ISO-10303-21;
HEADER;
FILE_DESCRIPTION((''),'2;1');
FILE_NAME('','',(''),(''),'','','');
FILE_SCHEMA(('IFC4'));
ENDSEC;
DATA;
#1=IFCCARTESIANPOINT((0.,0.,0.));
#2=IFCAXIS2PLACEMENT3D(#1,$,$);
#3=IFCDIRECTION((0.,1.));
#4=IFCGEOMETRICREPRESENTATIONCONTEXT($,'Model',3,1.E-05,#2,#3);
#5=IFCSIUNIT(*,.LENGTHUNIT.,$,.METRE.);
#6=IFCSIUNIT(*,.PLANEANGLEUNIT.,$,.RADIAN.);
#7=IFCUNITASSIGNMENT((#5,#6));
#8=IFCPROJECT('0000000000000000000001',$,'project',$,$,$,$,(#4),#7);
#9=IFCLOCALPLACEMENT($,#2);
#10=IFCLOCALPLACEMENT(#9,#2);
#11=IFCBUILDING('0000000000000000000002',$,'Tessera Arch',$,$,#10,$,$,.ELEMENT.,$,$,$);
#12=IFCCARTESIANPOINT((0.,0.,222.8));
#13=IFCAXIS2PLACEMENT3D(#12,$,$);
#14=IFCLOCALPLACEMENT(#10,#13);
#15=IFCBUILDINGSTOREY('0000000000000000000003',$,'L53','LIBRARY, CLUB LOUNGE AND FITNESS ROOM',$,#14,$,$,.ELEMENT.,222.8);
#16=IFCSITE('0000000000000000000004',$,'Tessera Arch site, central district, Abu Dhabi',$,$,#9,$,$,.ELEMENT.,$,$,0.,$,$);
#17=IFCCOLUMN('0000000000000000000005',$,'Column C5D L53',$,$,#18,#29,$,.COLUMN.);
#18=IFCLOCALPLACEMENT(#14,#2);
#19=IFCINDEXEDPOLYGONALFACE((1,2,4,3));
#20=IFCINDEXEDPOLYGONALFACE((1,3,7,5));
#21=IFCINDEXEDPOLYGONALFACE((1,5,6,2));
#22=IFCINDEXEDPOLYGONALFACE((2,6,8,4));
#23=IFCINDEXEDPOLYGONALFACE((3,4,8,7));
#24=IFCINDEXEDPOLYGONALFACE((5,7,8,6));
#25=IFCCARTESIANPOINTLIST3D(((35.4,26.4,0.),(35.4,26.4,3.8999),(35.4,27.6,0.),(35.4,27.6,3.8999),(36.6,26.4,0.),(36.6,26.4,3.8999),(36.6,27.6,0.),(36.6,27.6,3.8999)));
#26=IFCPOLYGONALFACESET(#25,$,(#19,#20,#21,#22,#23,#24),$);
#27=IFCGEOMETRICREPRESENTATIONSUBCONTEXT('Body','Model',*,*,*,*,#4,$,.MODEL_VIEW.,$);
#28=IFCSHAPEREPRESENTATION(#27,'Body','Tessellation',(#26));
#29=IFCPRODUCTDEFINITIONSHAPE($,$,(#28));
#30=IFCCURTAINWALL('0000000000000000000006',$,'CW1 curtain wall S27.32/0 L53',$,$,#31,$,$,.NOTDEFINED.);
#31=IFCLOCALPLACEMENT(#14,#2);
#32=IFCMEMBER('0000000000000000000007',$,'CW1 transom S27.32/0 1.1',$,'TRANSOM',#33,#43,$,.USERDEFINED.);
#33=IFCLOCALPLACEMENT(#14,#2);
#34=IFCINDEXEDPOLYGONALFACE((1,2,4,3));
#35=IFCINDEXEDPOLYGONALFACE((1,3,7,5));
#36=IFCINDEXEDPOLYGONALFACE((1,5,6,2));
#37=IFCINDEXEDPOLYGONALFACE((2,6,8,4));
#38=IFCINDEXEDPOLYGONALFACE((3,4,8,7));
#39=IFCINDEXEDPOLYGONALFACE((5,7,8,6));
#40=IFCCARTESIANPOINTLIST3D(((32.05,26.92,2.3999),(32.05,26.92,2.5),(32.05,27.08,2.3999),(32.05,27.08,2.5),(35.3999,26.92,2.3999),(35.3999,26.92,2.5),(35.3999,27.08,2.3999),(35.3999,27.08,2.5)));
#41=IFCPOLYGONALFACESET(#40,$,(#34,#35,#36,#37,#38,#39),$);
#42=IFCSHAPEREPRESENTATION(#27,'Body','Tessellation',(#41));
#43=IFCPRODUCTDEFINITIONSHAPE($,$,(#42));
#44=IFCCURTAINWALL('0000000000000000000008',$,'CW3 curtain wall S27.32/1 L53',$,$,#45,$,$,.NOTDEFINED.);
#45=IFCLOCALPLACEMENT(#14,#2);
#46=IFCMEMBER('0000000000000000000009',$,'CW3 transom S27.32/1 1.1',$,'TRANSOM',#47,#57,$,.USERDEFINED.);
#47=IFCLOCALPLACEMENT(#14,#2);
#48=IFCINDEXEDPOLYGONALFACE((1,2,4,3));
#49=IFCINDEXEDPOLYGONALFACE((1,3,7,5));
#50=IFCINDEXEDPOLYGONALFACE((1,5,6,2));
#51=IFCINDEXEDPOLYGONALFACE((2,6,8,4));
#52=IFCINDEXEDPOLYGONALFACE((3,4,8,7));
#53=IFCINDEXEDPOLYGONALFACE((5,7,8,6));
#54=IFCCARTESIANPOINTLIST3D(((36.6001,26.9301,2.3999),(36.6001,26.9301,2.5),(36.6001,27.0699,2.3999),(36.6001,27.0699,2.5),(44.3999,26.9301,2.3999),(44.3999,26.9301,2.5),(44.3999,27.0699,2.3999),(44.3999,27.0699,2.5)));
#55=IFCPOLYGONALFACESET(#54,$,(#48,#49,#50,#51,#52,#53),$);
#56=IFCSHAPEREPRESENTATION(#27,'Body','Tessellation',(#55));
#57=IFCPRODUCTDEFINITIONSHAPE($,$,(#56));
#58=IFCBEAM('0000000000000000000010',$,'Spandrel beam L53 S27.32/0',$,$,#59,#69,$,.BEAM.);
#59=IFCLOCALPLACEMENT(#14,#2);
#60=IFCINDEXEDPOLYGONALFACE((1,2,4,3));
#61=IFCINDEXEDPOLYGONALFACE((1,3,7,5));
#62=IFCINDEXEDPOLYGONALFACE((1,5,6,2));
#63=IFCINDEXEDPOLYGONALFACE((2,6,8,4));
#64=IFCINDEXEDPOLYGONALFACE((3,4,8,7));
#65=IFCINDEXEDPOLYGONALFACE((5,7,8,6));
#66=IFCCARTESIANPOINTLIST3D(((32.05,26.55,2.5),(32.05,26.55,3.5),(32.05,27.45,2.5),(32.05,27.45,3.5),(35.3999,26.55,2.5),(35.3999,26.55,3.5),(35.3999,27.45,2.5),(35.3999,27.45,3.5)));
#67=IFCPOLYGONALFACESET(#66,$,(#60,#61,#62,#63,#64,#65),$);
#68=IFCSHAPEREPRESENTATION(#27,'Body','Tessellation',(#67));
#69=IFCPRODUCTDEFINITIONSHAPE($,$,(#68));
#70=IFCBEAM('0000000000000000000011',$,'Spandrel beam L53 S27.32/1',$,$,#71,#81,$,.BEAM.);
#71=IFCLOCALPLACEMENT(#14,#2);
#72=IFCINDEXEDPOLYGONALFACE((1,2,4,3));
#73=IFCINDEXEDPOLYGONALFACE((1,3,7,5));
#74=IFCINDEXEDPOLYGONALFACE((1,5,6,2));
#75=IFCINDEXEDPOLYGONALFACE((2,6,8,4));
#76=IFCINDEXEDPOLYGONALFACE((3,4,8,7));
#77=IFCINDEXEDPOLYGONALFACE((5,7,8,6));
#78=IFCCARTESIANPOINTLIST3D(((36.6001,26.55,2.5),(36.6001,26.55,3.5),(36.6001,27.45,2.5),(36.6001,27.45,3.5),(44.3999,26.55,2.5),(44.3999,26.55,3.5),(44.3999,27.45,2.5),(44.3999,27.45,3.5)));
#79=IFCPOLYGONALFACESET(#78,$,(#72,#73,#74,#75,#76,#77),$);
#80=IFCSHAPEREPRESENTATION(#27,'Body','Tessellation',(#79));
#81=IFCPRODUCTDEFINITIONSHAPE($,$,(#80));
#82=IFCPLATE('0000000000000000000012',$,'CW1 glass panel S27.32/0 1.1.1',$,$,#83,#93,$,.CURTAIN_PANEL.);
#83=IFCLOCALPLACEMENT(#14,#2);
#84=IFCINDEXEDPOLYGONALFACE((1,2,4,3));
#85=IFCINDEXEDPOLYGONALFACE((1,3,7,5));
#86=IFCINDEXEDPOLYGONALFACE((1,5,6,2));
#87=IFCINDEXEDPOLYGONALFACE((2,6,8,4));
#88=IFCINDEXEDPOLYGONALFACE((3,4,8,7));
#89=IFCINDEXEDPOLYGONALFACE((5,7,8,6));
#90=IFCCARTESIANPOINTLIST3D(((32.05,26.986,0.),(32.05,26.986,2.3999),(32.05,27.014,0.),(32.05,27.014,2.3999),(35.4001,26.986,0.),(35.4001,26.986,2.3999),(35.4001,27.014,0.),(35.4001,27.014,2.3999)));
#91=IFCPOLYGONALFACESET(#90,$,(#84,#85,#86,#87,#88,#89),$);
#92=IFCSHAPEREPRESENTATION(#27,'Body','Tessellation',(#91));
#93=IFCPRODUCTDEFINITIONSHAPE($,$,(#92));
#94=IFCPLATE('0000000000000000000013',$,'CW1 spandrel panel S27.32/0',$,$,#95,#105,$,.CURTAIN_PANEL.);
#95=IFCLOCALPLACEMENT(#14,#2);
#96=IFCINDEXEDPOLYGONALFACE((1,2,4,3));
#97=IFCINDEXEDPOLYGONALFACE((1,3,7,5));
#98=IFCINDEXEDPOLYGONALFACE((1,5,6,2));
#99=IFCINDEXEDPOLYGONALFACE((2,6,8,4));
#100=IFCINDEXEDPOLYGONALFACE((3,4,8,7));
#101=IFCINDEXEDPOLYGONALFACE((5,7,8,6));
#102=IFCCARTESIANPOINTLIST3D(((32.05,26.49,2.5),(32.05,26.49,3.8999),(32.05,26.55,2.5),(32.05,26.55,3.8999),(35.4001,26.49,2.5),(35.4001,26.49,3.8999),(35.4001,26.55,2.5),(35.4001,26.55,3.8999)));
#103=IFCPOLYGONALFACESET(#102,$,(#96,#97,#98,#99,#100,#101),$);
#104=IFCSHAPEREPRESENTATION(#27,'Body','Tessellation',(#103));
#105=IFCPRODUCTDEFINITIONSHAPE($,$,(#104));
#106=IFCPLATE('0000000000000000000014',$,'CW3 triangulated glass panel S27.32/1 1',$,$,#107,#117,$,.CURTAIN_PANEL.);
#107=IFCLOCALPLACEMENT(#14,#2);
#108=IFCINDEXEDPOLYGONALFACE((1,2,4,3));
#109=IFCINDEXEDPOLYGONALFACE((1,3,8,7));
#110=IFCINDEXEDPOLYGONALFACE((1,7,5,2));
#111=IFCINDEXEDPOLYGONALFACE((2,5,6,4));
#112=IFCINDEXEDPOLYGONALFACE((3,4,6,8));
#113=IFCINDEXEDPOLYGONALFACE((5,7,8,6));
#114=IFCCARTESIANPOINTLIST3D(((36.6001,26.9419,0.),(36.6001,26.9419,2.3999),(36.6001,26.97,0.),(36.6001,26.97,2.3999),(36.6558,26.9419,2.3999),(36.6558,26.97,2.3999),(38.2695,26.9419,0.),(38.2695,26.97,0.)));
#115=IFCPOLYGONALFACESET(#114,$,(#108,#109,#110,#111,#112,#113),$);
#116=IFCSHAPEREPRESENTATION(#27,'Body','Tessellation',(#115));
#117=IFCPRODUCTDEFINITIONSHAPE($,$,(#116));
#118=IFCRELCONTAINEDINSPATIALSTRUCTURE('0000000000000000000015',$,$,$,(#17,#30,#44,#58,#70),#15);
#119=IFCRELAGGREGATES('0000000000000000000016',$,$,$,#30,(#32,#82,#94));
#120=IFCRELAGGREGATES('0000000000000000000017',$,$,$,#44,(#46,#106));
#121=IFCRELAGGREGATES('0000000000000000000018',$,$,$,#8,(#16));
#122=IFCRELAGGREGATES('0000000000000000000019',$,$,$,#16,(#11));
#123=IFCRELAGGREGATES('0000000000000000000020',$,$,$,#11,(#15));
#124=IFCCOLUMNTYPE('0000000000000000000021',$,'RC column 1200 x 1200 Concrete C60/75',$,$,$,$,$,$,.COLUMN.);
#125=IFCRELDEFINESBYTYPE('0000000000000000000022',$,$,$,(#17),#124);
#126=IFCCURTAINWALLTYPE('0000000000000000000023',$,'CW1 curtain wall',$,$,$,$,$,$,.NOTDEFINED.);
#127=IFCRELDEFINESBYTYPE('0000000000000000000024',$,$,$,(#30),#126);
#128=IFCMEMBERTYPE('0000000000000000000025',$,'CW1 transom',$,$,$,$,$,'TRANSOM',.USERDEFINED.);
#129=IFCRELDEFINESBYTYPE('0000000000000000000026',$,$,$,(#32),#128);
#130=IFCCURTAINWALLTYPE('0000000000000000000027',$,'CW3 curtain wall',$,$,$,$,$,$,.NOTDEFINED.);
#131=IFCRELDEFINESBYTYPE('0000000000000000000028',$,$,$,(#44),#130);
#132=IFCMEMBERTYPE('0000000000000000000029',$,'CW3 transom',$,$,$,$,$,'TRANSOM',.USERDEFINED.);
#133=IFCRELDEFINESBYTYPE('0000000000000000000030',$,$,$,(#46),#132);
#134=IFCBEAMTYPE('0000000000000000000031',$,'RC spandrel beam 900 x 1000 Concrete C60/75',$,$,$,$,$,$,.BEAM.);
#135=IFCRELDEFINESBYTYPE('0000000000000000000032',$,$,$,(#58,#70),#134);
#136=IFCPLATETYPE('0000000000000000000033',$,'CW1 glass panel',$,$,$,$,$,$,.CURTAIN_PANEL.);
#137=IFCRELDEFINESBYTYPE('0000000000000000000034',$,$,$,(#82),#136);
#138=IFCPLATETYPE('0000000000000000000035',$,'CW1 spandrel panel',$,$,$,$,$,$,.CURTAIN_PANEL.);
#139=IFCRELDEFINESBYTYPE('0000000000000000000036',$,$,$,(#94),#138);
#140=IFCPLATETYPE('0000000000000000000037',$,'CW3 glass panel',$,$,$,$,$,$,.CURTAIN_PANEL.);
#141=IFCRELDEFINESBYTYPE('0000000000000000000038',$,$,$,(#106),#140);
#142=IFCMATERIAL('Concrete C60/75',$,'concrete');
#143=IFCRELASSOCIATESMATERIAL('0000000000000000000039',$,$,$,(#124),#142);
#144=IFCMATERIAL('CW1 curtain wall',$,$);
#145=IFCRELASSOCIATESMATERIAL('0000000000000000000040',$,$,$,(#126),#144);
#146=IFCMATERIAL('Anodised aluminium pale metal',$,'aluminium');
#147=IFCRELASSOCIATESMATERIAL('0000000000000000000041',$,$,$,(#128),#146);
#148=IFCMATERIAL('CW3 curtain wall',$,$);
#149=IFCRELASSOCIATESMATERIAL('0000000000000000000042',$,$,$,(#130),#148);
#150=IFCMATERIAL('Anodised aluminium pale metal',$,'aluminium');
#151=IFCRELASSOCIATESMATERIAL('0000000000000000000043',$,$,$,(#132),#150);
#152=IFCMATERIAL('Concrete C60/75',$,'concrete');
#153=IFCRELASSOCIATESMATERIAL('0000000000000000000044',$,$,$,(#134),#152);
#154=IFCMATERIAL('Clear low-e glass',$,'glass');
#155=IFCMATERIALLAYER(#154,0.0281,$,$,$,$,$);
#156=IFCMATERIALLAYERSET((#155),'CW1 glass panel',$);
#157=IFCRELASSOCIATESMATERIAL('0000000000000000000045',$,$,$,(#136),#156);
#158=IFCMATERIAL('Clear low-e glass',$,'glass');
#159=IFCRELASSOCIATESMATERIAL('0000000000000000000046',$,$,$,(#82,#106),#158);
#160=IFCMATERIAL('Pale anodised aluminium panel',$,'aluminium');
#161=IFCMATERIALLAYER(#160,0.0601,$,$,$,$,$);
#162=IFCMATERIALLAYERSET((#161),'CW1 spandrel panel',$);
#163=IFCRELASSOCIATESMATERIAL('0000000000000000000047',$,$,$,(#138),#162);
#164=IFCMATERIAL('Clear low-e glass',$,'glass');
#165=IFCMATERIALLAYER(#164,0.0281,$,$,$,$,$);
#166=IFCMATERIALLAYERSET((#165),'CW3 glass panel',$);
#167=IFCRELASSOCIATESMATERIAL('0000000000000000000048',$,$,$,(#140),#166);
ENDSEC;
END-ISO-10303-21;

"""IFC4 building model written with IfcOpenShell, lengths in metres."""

from ifc_helpers import new_model, si_unit, direction, frame, origin, origin_2d, place, context, subcontext, project, spatial, polyline, rectangle, outline, extrude, material, layer, layer_set, material_profile, profile_set, type_object, element, aggregate, save


model = new_model("IFC4")

# Units and contexts
model_context = context("Model", 3, precision=1e-05, world=origin(), true_north=direction((0.0, 1.0)))
body_context = subcontext(model_context, "Body", "Model", "MODEL_VIEW")
ifc_project = project(units=[si_unit("LENGTHUNIT", "METRE"), si_unit("PLANEANGLEUNIT", "RADIAN")], contexts=[model_context])

# Site, building, storey
site_placement = place(None, origin())
site = spatial("IfcSite", under=ifc_project, at=site_placement, Name="Tessera Arch site, central district, Abu Dhabi", CompositionType="ELEMENT", RefElevation=0.0)
building_placement = place(site_placement, origin())
building = spatial("IfcBuilding", under=site, at=building_placement, Name="Tessera Arch", CompositionType="ELEMENT")
storey_placement = place(building_placement, frame((0.0, 0.0, 222.8)))
storey = spatial("IfcBuildingStorey", under=building, at=storey_placement, Name="L53", Description="LIBRARY, CLUB LOUNGE AND FITNESS ROOM", CompositionType="ELEMENT", Elevation=222.8)

# Column
ifc_material_1 = material(Name="Concrete C60/75", Category="concrete")
ifc_material_profile_1 = material_profile(ifc_material_1, rectangle(XDim=1.2, YDim=1.2, at=origin_2d()), Name="RC column 1200 x 1200 Concrete C60/75")
ifc_profile_set_1 = profile_set([ifc_material_profile_1], Name="Concrete C60/75")
column_type = type_object("IfcColumnType", Name="RC column 1200 x 1200 Concrete C60/75", PredefinedType="COLUMN", material=ifc_profile_set_1)
column_placement = place(storey_placement, frame((36.0, 27.0, 0.0), z_axis=(0.0, 0.0, 1.0), x_axis=(1.0, 0.0, 0.0)))
element("IfcColumn", 1, at=column_placement, inside=storey, type_object=column_type, Name="Column C5D L53", PredefinedType="COLUMN", context=body_context, shape_type="SweptSolid", body=[
    extrude(rectangle(XDim=1.2, YDim=1.2, at=origin_2d()), origin(), (0.0, 0.0, 1.0), 3.8999),
])

# Curtain walls, members
ifc_material_2 = material(Name="CW1 curtain wall")
curtain_wall_type_1 = type_object("IfcCurtainWallType", Name="CW1 curtain wall", PredefinedType="NOTDEFINED", material=ifc_material_2)
curtain_wall_1_placement = place(storey_placement, origin())
curtain_wall_1 = element("IfcCurtainWall", 2, at=curtain_wall_1_placement, inside=storey, type_object=curtain_wall_type_1, Name="CW1 curtain wall S27.32/0 L53", PredefinedType="NOTDEFINED")
ifc_material_3 = material(Name="Anodised aluminium pale metal", Category="aluminium")
ifc_material_profile_2 = material_profile(ifc_material_3, rectangle(XDim=0.1599, YDim=0.1001, at=origin_2d()), Name="AL 160x100")
ifc_profile_set_2 = profile_set([ifc_material_profile_2], Name="Anodised aluminium pale metal")
member_type_1 = type_object("IfcMemberType", Name="CW1 transom", ElementType="TRANSOM", PredefinedType="USERDEFINED", material=ifc_profile_set_2)
member_1_placement = place(storey_placement, frame((32.05, 27.0, 2.45), z_axis=(1.0, 0.0, 0.0), x_axis=(0.0, 1.0, 0.0)))
member_1 = element("IfcMember", 3, at=member_1_placement, type_object=member_type_1, Name="CW1 transom S27.32/0 1.1", ObjectType="TRANSOM", PredefinedType="USERDEFINED", context=body_context, shape_type="SweptSolid", body=[
    extrude(rectangle(XDim=0.1599, YDim=0.1001, at=origin_2d()), origin(), (0.0, 0.0, 1.0), 3.3499),
])
ifc_material_4 = material(Name="CW3 curtain wall")
curtain_wall_type_2 = type_object("IfcCurtainWallType", Name="CW3 curtain wall", PredefinedType="NOTDEFINED", material=ifc_material_4)
curtain_wall_2_placement = place(storey_placement, origin())
curtain_wall_2 = element("IfcCurtainWall", 4, at=curtain_wall_2_placement, inside=storey, type_object=curtain_wall_type_2, Name="CW3 curtain wall S27.32/1 L53", PredefinedType="NOTDEFINED")
ifc_material_5 = material(Name="Anodised aluminium pale metal", Category="aluminium")
ifc_material_profile_3 = material_profile(ifc_material_5, rectangle(XDim=0.1399, YDim=0.1001, at=origin_2d()), Name="AL 140x100")
ifc_profile_set_3 = profile_set([ifc_material_profile_3], Name="Anodised aluminium pale metal")
member_type_2 = type_object("IfcMemberType", Name="CW3 transom", ElementType="TRANSOM", PredefinedType="USERDEFINED", material=ifc_profile_set_3)
member_2_placement = place(storey_placement, frame((36.6001, 27.0, 2.45), z_axis=(1.0, 0.0, 0.0), x_axis=(0.0, 1.0, 0.0)))
member_2 = element("IfcMember", 5, at=member_2_placement, type_object=member_type_2, Name="CW3 transom S27.32/1 1.1", ObjectType="TRANSOM", PredefinedType="USERDEFINED", context=body_context, shape_type="SweptSolid", body=[
    extrude(rectangle(XDim=0.1399, YDim=0.1001, at=origin_2d()), origin(), (0.0, 0.0, 1.0), 7.7998),
])

# Beams
ifc_material_6 = material(Name="Concrete C60/75", Category="concrete")
ifc_material_profile_4 = material_profile(ifc_material_6, rectangle(XDim=0.8999, YDim=1.0, at=origin_2d()), Name="RC spandrel beam 900 x 1000 Concrete C60/75")
ifc_profile_set_4 = profile_set([ifc_material_profile_4], Name="Concrete C60/75")
beam_type = type_object("IfcBeamType", Name="RC spandrel beam 900 x 1000 Concrete C60/75", PredefinedType="BEAM", material=ifc_profile_set_4)
beam_1_placement = place(storey_placement, frame((32.05, 27.0, 3.0), z_axis=(1.0, 0.0, 0.0), x_axis=(0.0, 1.0, 0.0)))
element("IfcBeam", 6, at=beam_1_placement, inside=storey, type_object=beam_type, Name="Spandrel beam L53 S27.32/0", PredefinedType="BEAM", context=body_context, shape_type="SweptSolid", body=[
    extrude(rectangle(XDim=0.8999, YDim=1.0, at=origin_2d()), origin(), (0.0, 0.0, 1.0), 3.3499),
])
beam_2_placement = place(storey_placement, frame((36.6001, 27.0, 3.0), z_axis=(1.0, 0.0, 0.0), x_axis=(0.0, 1.0, 0.0)))
element("IfcBeam", 7, at=beam_2_placement, inside=storey, type_object=beam_type, Name="Spandrel beam L53 S27.32/1", PredefinedType="BEAM", context=body_context, shape_type="SweptSolid", body=[
    extrude(rectangle(XDim=0.8999, YDim=1.0, at=origin_2d()), origin(), (0.0, 0.0, 1.0), 7.7998),
])

# Plates
ifc_material_7 = material(Name="Clear low-e glass", Category="glass")
ifc_material_8 = material(Name="Clear low-e glass", Category="glass")
ifc_layer_1 = layer(ifc_material_8, 0.0281)
ifc_layer_set_1 = layer_set([ifc_layer_1], Name="CW1 glass panel")
plate_type_1 = type_object("IfcPlateType", Name="CW1 glass panel", PredefinedType="CURTAIN_PANEL", material=ifc_layer_set_1)
plate_1_placement = place(storey_placement, frame((33.7251, 27.0, 0.0), z_axis=(0.0, 0.0, 1.0), x_axis=(1.0, 0.0, 0.0)))
plate_1 = element("IfcPlate", 8, at=plate_1_placement, type_object=plate_type_1, material=ifc_material_7, Name="CW1 glass panel S27.32/0 1.1.1", PredefinedType="CURTAIN_PANEL", context=body_context, shape_type="SweptSolid", body=[
    extrude(rectangle(XDim=3.3501, YDim=0.0281, at=origin_2d()), origin(), (0.0, 0.0, 1.0), 2.3999),
])
ifc_material_9 = material(Name="Pale anodised aluminium panel", Category="aluminium")
ifc_layer_2 = layer(ifc_material_9, 0.0601)
ifc_layer_set_2 = layer_set([ifc_layer_2], Name="CW1 spandrel panel")
plate_type_2 = type_object("IfcPlateType", Name="CW1 spandrel panel", PredefinedType="CURTAIN_PANEL", material=ifc_layer_set_2)
plate_2_placement = place(storey_placement, frame((33.7251, 26.52, 2.5), z_axis=(0.0, 0.0, 1.0), x_axis=(1.0, 0.0, 0.0)))
plate_2 = element("IfcPlate", 9, at=plate_2_placement, type_object=plate_type_2, Name="CW1 spandrel panel S27.32/0", PredefinedType="CURTAIN_PANEL", context=body_context, shape_type="SweptSolid", body=[
    extrude(rectangle(XDim=3.3501, YDim=0.0601, at=origin_2d()), origin(), (0.0, 0.0, 1.0), 1.3999),
])
aggregate(curtain_wall_1, [member_1, plate_1, plate_2])
ifc_material_10 = material(Name="Clear low-e glass", Category="glass")
ifc_layer_3 = layer(ifc_material_10, 0.0281)
ifc_layer_set_3 = layer_set([ifc_layer_3], Name="CW3 glass panel")
plate_type_3 = type_object("IfcPlateType", Name="CW3 glass panel", PredefinedType="CURTAIN_PANEL", material=ifc_layer_set_3)
plate_3_placement = place(storey_placement, frame((36.6001, 26.9419, 0.0), z_axis=(0.0, -1.0, 0.0), x_axis=(1.0, 0.0, 0.0)))
plate_3 = element("IfcPlate", 10, at=plate_3_placement, type_object=plate_type_3, material=ifc_material_7, Name="CW3 triangulated glass panel S27.32/1 1", PredefinedType="CURTAIN_PANEL", context=body_context, shape_type="SweptSolid", body=[
    extrude(outline(polyline([(0.0, 0.0), (1.6694, 0.0), (0.0557, 2.3999), (0.0, 2.3999), (0.0, 0.0)])), origin(), (0.0, 0.0, -1.0), 0.0281),
])
aggregate(curtain_wall_2, [member_2, plate_3])

save(model, "model.ifc")
